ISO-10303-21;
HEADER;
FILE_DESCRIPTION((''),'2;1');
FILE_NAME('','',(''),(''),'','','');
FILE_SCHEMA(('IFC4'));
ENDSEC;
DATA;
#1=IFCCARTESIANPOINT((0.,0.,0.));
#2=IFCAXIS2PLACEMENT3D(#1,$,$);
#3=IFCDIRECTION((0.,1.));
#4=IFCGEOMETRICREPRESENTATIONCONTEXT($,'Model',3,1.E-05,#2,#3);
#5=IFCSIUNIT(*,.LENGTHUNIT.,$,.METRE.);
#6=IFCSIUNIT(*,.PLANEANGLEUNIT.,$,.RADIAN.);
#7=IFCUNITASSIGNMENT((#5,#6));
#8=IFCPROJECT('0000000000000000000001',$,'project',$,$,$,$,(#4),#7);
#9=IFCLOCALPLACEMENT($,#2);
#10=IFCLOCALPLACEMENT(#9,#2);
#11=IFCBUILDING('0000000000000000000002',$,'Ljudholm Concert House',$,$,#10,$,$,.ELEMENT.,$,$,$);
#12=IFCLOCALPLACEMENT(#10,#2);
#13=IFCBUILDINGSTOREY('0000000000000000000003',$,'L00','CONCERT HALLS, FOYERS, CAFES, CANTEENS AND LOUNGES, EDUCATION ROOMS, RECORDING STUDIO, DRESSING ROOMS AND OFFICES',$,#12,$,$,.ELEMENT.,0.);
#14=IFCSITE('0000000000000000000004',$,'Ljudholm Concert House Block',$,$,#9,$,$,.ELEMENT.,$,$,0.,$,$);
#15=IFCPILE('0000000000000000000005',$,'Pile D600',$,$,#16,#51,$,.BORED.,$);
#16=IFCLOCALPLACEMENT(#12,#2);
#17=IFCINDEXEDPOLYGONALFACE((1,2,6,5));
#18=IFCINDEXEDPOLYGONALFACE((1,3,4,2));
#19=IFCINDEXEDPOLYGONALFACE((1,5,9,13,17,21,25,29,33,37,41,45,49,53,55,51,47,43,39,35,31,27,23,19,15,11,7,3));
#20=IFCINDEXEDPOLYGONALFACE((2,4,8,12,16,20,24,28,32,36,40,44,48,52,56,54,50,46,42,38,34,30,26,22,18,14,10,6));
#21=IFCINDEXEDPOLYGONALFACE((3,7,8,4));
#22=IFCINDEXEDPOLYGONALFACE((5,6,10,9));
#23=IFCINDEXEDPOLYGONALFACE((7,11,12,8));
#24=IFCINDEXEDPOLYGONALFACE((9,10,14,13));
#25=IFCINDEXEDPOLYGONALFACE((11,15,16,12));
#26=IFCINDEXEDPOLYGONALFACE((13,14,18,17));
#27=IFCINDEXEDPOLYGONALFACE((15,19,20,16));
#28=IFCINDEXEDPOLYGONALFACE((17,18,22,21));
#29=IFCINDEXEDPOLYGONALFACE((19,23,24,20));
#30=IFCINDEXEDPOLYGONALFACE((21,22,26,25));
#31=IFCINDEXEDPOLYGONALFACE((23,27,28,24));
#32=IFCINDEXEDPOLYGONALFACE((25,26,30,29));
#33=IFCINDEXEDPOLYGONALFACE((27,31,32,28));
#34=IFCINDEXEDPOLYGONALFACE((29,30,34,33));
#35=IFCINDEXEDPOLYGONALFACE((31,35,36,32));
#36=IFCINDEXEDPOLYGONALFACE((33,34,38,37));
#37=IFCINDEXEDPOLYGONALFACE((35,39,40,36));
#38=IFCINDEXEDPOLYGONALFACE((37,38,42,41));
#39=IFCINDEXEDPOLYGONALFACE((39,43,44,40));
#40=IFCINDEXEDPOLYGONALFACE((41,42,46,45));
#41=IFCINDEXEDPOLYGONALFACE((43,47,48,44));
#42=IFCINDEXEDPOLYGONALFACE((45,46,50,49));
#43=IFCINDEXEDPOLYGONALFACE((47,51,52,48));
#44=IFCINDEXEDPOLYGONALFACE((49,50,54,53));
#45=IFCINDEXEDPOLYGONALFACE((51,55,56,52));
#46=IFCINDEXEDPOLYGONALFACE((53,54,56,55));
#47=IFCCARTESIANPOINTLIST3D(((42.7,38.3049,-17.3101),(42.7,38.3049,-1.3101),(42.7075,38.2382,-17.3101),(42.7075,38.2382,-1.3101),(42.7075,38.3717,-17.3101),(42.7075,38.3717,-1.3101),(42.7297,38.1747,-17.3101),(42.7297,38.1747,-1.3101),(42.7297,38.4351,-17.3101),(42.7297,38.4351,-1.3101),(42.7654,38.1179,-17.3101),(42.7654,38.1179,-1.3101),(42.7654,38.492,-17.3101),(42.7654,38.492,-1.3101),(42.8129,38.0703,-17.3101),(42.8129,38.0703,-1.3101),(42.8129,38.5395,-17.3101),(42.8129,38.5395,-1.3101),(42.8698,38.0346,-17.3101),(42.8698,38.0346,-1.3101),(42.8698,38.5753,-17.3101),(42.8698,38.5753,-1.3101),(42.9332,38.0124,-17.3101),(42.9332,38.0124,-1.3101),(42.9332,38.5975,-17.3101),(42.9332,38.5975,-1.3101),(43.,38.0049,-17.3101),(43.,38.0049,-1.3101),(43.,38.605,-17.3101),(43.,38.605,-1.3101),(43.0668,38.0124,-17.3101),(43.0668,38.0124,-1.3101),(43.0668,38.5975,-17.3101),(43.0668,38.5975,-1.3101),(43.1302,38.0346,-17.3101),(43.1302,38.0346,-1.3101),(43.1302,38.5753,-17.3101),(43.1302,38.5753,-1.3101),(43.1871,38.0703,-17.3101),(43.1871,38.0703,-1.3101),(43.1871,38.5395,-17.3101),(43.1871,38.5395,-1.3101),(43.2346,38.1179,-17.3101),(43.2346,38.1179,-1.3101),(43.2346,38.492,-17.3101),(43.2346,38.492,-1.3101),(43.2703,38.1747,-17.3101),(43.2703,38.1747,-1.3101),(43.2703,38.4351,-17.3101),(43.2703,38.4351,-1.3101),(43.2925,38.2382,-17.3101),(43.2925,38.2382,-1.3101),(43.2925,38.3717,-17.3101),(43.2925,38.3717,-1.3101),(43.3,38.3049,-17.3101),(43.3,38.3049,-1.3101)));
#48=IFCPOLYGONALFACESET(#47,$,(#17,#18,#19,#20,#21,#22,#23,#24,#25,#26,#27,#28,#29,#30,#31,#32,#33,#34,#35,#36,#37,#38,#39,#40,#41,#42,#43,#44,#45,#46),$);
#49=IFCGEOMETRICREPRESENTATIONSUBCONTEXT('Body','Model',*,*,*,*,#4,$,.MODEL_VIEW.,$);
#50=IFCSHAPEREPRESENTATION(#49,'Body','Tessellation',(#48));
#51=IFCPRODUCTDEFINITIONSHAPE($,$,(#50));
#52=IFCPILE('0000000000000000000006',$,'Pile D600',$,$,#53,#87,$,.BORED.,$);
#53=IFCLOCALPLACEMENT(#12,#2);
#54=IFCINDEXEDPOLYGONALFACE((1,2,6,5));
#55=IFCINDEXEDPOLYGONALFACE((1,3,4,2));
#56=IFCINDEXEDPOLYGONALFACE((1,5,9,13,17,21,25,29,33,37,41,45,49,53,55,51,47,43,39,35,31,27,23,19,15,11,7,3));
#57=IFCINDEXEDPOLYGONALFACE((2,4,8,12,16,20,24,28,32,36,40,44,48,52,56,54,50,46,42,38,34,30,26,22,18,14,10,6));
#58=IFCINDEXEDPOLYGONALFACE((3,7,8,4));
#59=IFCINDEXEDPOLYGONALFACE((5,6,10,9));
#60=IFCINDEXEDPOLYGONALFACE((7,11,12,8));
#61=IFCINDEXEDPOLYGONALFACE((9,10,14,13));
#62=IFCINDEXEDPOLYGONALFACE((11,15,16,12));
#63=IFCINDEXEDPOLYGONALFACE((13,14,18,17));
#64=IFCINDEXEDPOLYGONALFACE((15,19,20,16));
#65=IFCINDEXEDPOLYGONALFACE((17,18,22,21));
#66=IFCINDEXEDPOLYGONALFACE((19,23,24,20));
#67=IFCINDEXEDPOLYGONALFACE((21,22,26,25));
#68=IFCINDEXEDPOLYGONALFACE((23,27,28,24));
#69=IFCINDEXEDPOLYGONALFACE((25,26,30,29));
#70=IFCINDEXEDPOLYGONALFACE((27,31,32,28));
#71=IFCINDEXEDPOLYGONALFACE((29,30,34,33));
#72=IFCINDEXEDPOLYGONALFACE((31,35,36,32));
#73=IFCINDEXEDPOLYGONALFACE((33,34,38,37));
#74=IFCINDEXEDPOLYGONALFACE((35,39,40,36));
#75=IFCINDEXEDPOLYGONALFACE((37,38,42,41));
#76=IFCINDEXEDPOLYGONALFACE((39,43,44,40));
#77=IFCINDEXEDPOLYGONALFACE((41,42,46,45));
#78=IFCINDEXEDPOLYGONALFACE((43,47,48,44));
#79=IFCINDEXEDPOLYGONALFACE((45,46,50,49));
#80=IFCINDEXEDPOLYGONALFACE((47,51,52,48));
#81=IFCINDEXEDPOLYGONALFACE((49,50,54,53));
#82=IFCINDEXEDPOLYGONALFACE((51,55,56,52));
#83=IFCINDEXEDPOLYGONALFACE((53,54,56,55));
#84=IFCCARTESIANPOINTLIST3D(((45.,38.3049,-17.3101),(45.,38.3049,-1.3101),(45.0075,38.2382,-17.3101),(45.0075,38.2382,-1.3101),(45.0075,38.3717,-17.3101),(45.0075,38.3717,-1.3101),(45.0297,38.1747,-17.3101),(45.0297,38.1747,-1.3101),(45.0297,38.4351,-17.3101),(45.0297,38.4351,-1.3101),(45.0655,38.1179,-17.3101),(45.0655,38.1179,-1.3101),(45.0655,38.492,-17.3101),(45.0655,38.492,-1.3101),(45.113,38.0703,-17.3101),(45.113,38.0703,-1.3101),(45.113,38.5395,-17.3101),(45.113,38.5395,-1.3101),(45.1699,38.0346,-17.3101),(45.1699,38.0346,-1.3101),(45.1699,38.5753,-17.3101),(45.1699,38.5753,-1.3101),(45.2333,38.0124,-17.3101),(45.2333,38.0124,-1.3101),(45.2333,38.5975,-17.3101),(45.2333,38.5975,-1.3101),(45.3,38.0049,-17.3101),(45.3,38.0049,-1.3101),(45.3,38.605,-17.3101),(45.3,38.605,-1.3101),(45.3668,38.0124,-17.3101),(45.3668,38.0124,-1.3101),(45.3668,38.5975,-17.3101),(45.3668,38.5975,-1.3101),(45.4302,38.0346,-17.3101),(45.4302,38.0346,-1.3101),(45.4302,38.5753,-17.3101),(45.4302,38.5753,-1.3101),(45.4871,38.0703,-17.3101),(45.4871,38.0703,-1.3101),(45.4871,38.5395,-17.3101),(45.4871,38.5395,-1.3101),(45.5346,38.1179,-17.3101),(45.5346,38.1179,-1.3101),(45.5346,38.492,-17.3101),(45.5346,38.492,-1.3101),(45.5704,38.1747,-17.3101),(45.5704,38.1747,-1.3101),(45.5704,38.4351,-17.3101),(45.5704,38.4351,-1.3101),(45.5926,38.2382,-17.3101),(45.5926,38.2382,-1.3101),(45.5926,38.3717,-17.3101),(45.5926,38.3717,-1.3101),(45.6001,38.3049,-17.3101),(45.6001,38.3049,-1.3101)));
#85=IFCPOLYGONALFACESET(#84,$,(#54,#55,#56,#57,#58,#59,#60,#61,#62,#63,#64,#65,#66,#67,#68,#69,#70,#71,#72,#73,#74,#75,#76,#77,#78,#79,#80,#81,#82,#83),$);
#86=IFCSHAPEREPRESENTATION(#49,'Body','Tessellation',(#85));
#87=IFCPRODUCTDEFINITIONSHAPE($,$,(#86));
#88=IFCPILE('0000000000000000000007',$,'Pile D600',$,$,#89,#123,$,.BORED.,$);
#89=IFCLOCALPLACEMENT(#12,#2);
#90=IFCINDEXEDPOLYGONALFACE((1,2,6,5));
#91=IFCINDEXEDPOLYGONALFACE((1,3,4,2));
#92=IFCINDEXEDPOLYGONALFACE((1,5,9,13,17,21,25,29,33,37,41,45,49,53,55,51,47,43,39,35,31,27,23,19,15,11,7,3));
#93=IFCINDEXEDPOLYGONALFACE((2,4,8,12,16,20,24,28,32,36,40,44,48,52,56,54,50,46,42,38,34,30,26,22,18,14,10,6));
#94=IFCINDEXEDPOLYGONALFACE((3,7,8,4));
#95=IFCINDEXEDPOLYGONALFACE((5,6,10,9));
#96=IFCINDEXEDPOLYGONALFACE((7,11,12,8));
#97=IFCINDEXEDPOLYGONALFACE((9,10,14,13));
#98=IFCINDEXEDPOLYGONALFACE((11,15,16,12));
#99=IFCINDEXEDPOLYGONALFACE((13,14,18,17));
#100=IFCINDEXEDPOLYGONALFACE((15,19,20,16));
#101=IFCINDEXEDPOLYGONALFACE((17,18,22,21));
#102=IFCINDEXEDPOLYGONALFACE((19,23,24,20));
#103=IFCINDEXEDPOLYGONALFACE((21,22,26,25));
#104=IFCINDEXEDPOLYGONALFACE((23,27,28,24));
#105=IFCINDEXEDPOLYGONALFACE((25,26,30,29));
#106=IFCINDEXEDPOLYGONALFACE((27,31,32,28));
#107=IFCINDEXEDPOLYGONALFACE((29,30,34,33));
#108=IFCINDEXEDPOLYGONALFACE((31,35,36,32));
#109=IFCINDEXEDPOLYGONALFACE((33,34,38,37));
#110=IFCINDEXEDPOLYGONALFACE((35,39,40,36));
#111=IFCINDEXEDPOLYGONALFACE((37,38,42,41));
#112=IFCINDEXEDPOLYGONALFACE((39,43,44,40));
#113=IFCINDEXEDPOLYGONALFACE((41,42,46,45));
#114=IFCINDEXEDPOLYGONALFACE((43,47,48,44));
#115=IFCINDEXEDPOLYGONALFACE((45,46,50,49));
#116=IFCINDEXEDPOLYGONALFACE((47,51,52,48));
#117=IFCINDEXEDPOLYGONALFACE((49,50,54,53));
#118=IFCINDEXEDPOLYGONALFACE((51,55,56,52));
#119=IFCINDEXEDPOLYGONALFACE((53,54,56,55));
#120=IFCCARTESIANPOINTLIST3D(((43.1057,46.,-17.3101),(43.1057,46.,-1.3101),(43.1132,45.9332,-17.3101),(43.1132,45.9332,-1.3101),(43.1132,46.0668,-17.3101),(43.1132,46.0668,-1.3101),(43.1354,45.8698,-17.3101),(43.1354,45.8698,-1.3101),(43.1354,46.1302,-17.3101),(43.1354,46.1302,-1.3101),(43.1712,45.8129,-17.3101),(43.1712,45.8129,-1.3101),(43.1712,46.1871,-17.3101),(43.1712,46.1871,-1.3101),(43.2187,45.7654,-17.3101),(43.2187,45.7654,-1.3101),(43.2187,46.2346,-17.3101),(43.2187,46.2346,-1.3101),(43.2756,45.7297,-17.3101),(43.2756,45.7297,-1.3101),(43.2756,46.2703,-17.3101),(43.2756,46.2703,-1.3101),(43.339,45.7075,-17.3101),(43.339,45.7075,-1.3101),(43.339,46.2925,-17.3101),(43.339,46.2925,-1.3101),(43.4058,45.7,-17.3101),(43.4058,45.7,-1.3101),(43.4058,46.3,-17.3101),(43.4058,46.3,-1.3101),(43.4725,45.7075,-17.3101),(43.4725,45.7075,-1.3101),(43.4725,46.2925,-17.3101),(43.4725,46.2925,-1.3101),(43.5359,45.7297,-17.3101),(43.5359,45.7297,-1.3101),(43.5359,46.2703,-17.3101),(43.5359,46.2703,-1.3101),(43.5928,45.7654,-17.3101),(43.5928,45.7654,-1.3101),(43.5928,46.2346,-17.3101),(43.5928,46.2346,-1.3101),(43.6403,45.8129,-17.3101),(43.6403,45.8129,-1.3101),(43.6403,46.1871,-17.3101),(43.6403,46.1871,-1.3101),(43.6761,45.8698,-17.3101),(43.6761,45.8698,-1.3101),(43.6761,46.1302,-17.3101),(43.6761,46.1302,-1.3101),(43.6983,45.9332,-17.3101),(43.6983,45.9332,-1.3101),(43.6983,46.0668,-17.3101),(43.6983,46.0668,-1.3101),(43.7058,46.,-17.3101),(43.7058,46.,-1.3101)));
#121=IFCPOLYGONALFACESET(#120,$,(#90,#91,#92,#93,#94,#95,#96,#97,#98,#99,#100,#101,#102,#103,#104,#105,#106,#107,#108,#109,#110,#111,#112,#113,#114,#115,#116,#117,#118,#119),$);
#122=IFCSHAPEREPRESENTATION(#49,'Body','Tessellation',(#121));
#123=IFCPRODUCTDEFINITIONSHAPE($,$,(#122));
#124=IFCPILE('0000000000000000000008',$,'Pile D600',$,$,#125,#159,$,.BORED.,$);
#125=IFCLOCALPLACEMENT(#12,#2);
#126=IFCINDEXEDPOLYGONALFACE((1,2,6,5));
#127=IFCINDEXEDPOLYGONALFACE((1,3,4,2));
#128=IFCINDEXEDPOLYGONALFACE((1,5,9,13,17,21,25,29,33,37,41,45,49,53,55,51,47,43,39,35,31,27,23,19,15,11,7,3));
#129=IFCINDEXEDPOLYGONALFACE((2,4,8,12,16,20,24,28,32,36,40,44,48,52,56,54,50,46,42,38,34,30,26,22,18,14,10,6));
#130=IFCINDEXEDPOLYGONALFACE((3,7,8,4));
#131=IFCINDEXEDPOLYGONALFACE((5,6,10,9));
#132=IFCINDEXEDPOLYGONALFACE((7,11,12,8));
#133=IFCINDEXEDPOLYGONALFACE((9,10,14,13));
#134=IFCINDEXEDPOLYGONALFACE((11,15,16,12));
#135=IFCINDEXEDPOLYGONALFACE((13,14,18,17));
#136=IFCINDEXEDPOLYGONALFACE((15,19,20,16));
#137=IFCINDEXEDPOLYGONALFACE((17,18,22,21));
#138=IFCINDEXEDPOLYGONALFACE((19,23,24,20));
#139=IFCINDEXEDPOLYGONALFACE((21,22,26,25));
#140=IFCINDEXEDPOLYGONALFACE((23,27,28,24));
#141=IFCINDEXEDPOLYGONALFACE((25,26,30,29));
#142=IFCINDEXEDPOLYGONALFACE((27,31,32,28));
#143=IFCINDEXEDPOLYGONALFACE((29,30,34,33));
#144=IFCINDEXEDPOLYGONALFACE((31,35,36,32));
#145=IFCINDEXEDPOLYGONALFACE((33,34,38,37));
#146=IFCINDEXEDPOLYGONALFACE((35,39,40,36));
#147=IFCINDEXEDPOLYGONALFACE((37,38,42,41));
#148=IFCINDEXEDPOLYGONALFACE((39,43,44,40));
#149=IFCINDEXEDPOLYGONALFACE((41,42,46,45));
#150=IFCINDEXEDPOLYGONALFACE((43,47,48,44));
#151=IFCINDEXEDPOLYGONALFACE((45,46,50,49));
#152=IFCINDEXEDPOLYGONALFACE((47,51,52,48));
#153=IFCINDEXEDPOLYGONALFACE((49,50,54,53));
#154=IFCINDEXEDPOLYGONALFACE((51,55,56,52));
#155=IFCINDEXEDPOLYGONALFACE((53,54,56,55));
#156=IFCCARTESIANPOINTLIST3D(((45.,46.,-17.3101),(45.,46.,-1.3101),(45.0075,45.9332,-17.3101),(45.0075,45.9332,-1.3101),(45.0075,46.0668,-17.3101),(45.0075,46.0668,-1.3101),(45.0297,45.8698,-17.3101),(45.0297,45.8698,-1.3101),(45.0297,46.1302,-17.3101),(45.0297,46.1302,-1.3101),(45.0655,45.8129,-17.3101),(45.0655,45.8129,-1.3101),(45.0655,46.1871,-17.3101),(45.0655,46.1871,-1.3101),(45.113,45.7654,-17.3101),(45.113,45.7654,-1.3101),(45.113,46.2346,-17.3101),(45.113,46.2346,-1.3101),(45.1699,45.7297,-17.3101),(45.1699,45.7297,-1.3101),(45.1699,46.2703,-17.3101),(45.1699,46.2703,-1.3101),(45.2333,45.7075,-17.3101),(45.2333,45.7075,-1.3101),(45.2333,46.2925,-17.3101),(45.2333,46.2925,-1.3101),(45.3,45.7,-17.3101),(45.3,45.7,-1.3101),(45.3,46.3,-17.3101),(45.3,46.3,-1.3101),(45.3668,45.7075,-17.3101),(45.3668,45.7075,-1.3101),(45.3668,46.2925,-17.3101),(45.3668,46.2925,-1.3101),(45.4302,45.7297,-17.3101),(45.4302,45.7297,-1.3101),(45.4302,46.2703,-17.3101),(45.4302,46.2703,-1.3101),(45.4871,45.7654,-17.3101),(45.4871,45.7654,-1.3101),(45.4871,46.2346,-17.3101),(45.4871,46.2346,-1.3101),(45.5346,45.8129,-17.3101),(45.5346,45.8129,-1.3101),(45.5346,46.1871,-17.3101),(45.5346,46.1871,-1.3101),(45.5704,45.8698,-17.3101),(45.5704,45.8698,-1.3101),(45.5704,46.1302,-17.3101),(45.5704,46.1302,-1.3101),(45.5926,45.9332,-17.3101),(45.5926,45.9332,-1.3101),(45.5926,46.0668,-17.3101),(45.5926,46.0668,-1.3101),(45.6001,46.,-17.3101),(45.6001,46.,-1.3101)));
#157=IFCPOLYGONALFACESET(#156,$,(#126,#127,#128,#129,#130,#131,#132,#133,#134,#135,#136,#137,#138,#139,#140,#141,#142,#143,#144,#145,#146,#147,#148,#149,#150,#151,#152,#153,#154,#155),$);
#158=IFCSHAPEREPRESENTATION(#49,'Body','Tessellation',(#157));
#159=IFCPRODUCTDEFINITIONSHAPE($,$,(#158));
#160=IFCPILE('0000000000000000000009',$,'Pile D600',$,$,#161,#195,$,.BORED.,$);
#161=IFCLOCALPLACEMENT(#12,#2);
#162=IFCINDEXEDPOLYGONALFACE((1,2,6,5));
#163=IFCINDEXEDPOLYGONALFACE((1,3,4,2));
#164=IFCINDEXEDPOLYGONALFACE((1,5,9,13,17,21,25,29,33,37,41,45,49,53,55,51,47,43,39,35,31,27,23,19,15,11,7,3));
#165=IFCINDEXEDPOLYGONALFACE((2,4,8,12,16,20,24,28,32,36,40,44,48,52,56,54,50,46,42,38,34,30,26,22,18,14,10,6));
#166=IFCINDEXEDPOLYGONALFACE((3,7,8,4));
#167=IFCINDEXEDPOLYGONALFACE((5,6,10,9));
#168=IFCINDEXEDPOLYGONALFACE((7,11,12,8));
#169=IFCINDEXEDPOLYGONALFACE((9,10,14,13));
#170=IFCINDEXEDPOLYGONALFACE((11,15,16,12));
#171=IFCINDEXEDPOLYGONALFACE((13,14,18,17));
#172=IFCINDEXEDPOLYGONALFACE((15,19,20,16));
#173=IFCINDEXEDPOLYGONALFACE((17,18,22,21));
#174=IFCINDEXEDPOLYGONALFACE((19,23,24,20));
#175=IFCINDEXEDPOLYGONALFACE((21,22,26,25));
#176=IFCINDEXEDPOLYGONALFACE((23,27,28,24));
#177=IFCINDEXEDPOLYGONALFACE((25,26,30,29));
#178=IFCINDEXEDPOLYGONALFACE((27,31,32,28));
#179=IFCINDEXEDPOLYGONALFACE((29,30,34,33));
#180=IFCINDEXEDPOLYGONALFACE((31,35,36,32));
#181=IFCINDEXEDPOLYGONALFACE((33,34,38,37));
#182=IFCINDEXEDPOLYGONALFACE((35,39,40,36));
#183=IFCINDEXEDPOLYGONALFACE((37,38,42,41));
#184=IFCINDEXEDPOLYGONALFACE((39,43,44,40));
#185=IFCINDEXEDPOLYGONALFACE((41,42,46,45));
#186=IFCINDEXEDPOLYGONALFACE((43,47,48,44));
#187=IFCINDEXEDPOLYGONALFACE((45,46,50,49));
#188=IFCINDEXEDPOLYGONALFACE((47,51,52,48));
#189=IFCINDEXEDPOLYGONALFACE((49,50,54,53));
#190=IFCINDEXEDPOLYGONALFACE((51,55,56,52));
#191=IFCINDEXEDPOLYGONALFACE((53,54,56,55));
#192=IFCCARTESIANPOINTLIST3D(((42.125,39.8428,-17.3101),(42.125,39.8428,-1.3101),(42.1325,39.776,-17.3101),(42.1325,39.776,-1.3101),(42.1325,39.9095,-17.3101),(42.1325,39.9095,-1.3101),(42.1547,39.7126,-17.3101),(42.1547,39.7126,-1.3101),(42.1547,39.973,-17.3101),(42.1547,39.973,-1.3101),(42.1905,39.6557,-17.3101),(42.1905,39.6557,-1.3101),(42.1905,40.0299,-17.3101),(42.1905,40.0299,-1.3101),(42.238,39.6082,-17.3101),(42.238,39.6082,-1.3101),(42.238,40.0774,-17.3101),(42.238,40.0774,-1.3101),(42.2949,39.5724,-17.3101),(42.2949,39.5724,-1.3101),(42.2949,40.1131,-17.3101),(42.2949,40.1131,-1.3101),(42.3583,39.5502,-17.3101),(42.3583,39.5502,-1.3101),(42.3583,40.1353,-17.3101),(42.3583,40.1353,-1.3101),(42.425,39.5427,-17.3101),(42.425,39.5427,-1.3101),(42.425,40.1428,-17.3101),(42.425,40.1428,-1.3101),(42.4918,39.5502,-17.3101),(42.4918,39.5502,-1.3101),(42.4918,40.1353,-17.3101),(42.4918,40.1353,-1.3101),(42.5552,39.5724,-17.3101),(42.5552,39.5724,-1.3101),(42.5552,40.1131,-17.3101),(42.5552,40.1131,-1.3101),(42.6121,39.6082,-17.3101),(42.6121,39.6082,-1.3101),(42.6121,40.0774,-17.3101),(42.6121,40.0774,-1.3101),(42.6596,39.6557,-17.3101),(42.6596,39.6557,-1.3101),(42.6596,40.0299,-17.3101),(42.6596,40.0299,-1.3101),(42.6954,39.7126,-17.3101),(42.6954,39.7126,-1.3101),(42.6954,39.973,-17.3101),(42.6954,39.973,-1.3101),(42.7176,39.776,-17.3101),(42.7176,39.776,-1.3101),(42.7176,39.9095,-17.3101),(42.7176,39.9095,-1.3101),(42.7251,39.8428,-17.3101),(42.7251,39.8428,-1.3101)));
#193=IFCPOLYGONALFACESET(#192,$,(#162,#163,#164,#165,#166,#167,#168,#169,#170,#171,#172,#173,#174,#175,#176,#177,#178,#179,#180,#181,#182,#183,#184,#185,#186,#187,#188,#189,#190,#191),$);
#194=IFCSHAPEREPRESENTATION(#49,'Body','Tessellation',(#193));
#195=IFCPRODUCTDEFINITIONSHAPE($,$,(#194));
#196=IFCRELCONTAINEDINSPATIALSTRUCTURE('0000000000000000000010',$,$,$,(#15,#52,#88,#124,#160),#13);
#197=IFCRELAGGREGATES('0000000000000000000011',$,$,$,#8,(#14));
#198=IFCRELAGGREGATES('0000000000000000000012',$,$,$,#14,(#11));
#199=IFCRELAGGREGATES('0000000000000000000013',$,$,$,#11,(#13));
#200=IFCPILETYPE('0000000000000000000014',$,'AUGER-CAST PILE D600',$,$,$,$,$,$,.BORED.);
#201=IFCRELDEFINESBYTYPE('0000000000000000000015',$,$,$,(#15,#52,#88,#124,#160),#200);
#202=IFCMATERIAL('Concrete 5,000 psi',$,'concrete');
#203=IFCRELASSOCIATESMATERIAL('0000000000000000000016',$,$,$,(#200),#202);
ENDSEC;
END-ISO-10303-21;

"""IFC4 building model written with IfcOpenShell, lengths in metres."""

from ifc_helpers import new_model, si_unit, direction, frame, origin, origin_2d, place, context, subcontext, project, spatial, circle, extrude, material, material_profile, profile_set, type_object, element, save


model = new_model("IFC4")

# Units and contexts
model_context = context("Model", 3, precision=1e-05, world=origin(), true_north=direction((0.0, 1.0)))
body_context = subcontext(model_context, "Body", "Model", "MODEL_VIEW")
ifc_project = project(units=[si_unit("LENGTHUNIT", "METRE"), si_unit("PLANEANGLEUNIT", "RADIAN")], contexts=[model_context])

# Site, building, storey
site_placement = place(None, origin())
site = spatial("IfcSite", under=ifc_project, at=site_placement, Name="Ljudholm Concert House Block", CompositionType="ELEMENT", RefElevation=0.0)
building_placement = place(site_placement, origin())
building = spatial("IfcBuilding", under=site, at=building_placement, Name="Ljudholm Concert House", CompositionType="ELEMENT")
storey_placement = place(building_placement, origin())
storey = spatial("IfcBuildingStorey", under=building, at=storey_placement, Name="L00", Description="CONCERT HALLS, FOYERS, CAFES, CANTEENS AND LOUNGES, EDUCATION ROOMS, RECORDING STUDIO, DRESSING ROOMS AND OFFICES", CompositionType="ELEMENT", Elevation=0.0)

# Piles
ifc_material_1 = material(Name="Concrete 5,000 psi", Category="concrete")
ifc_material_profile_1 = material_profile(ifc_material_1, circle(Radius=0.3, at=origin_2d()), Name="AUGER-CAST PILE D600")
ifc_profile_set_1 = profile_set([ifc_material_profile_1], Name="Concrete 5,000 psi")
pile_type_1 = type_object("IfcPileType", Name="AUGER-CAST PILE D600", PredefinedType="BORED", material=ifc_profile_set_1)
for number, where, z_axis, x_axis, name in (
    (1, (43.0, 38.3049, -1.3101), (0.0, 0.0, -1.0), (1.0, 0.0, 0.0), "Pile D600"),
    (2, (45.3, 38.3049, -1.3101), (0.0, 0.0, -1.0), (1.0, 0.0, 0.0), "Pile D600"),
    (3, (43.4058, 46.0, -1.3101), (0.0, 0.0, -1.0), (1.0, 0.0, 0.0), "Pile D600"),
    (4, (45.3, 46.0, -1.3101), (0.0, 0.0, -1.0), (1.0, 0.0, 0.0), "Pile D600"),
    (5, (42.425, 39.8428, -1.3101), (0.0, 0.0, -1.0), (1.0, 0.0, 0.0), "Pile D600"),
):
    element("IfcPile", number, at=place(storey_placement, frame(where, z_axis=z_axis, x_axis=x_axis)), inside=storey, type_object=pile_type_1, Name=name, PredefinedType="BORED", context=body_context, shape_type="SweptSolid", body=[
        extrude(circle(Radius=0.3, at=origin_2d()), origin(), (0.0, 0.0, 1.0), 16.0),
    ])

save(model, "model.ifc")
